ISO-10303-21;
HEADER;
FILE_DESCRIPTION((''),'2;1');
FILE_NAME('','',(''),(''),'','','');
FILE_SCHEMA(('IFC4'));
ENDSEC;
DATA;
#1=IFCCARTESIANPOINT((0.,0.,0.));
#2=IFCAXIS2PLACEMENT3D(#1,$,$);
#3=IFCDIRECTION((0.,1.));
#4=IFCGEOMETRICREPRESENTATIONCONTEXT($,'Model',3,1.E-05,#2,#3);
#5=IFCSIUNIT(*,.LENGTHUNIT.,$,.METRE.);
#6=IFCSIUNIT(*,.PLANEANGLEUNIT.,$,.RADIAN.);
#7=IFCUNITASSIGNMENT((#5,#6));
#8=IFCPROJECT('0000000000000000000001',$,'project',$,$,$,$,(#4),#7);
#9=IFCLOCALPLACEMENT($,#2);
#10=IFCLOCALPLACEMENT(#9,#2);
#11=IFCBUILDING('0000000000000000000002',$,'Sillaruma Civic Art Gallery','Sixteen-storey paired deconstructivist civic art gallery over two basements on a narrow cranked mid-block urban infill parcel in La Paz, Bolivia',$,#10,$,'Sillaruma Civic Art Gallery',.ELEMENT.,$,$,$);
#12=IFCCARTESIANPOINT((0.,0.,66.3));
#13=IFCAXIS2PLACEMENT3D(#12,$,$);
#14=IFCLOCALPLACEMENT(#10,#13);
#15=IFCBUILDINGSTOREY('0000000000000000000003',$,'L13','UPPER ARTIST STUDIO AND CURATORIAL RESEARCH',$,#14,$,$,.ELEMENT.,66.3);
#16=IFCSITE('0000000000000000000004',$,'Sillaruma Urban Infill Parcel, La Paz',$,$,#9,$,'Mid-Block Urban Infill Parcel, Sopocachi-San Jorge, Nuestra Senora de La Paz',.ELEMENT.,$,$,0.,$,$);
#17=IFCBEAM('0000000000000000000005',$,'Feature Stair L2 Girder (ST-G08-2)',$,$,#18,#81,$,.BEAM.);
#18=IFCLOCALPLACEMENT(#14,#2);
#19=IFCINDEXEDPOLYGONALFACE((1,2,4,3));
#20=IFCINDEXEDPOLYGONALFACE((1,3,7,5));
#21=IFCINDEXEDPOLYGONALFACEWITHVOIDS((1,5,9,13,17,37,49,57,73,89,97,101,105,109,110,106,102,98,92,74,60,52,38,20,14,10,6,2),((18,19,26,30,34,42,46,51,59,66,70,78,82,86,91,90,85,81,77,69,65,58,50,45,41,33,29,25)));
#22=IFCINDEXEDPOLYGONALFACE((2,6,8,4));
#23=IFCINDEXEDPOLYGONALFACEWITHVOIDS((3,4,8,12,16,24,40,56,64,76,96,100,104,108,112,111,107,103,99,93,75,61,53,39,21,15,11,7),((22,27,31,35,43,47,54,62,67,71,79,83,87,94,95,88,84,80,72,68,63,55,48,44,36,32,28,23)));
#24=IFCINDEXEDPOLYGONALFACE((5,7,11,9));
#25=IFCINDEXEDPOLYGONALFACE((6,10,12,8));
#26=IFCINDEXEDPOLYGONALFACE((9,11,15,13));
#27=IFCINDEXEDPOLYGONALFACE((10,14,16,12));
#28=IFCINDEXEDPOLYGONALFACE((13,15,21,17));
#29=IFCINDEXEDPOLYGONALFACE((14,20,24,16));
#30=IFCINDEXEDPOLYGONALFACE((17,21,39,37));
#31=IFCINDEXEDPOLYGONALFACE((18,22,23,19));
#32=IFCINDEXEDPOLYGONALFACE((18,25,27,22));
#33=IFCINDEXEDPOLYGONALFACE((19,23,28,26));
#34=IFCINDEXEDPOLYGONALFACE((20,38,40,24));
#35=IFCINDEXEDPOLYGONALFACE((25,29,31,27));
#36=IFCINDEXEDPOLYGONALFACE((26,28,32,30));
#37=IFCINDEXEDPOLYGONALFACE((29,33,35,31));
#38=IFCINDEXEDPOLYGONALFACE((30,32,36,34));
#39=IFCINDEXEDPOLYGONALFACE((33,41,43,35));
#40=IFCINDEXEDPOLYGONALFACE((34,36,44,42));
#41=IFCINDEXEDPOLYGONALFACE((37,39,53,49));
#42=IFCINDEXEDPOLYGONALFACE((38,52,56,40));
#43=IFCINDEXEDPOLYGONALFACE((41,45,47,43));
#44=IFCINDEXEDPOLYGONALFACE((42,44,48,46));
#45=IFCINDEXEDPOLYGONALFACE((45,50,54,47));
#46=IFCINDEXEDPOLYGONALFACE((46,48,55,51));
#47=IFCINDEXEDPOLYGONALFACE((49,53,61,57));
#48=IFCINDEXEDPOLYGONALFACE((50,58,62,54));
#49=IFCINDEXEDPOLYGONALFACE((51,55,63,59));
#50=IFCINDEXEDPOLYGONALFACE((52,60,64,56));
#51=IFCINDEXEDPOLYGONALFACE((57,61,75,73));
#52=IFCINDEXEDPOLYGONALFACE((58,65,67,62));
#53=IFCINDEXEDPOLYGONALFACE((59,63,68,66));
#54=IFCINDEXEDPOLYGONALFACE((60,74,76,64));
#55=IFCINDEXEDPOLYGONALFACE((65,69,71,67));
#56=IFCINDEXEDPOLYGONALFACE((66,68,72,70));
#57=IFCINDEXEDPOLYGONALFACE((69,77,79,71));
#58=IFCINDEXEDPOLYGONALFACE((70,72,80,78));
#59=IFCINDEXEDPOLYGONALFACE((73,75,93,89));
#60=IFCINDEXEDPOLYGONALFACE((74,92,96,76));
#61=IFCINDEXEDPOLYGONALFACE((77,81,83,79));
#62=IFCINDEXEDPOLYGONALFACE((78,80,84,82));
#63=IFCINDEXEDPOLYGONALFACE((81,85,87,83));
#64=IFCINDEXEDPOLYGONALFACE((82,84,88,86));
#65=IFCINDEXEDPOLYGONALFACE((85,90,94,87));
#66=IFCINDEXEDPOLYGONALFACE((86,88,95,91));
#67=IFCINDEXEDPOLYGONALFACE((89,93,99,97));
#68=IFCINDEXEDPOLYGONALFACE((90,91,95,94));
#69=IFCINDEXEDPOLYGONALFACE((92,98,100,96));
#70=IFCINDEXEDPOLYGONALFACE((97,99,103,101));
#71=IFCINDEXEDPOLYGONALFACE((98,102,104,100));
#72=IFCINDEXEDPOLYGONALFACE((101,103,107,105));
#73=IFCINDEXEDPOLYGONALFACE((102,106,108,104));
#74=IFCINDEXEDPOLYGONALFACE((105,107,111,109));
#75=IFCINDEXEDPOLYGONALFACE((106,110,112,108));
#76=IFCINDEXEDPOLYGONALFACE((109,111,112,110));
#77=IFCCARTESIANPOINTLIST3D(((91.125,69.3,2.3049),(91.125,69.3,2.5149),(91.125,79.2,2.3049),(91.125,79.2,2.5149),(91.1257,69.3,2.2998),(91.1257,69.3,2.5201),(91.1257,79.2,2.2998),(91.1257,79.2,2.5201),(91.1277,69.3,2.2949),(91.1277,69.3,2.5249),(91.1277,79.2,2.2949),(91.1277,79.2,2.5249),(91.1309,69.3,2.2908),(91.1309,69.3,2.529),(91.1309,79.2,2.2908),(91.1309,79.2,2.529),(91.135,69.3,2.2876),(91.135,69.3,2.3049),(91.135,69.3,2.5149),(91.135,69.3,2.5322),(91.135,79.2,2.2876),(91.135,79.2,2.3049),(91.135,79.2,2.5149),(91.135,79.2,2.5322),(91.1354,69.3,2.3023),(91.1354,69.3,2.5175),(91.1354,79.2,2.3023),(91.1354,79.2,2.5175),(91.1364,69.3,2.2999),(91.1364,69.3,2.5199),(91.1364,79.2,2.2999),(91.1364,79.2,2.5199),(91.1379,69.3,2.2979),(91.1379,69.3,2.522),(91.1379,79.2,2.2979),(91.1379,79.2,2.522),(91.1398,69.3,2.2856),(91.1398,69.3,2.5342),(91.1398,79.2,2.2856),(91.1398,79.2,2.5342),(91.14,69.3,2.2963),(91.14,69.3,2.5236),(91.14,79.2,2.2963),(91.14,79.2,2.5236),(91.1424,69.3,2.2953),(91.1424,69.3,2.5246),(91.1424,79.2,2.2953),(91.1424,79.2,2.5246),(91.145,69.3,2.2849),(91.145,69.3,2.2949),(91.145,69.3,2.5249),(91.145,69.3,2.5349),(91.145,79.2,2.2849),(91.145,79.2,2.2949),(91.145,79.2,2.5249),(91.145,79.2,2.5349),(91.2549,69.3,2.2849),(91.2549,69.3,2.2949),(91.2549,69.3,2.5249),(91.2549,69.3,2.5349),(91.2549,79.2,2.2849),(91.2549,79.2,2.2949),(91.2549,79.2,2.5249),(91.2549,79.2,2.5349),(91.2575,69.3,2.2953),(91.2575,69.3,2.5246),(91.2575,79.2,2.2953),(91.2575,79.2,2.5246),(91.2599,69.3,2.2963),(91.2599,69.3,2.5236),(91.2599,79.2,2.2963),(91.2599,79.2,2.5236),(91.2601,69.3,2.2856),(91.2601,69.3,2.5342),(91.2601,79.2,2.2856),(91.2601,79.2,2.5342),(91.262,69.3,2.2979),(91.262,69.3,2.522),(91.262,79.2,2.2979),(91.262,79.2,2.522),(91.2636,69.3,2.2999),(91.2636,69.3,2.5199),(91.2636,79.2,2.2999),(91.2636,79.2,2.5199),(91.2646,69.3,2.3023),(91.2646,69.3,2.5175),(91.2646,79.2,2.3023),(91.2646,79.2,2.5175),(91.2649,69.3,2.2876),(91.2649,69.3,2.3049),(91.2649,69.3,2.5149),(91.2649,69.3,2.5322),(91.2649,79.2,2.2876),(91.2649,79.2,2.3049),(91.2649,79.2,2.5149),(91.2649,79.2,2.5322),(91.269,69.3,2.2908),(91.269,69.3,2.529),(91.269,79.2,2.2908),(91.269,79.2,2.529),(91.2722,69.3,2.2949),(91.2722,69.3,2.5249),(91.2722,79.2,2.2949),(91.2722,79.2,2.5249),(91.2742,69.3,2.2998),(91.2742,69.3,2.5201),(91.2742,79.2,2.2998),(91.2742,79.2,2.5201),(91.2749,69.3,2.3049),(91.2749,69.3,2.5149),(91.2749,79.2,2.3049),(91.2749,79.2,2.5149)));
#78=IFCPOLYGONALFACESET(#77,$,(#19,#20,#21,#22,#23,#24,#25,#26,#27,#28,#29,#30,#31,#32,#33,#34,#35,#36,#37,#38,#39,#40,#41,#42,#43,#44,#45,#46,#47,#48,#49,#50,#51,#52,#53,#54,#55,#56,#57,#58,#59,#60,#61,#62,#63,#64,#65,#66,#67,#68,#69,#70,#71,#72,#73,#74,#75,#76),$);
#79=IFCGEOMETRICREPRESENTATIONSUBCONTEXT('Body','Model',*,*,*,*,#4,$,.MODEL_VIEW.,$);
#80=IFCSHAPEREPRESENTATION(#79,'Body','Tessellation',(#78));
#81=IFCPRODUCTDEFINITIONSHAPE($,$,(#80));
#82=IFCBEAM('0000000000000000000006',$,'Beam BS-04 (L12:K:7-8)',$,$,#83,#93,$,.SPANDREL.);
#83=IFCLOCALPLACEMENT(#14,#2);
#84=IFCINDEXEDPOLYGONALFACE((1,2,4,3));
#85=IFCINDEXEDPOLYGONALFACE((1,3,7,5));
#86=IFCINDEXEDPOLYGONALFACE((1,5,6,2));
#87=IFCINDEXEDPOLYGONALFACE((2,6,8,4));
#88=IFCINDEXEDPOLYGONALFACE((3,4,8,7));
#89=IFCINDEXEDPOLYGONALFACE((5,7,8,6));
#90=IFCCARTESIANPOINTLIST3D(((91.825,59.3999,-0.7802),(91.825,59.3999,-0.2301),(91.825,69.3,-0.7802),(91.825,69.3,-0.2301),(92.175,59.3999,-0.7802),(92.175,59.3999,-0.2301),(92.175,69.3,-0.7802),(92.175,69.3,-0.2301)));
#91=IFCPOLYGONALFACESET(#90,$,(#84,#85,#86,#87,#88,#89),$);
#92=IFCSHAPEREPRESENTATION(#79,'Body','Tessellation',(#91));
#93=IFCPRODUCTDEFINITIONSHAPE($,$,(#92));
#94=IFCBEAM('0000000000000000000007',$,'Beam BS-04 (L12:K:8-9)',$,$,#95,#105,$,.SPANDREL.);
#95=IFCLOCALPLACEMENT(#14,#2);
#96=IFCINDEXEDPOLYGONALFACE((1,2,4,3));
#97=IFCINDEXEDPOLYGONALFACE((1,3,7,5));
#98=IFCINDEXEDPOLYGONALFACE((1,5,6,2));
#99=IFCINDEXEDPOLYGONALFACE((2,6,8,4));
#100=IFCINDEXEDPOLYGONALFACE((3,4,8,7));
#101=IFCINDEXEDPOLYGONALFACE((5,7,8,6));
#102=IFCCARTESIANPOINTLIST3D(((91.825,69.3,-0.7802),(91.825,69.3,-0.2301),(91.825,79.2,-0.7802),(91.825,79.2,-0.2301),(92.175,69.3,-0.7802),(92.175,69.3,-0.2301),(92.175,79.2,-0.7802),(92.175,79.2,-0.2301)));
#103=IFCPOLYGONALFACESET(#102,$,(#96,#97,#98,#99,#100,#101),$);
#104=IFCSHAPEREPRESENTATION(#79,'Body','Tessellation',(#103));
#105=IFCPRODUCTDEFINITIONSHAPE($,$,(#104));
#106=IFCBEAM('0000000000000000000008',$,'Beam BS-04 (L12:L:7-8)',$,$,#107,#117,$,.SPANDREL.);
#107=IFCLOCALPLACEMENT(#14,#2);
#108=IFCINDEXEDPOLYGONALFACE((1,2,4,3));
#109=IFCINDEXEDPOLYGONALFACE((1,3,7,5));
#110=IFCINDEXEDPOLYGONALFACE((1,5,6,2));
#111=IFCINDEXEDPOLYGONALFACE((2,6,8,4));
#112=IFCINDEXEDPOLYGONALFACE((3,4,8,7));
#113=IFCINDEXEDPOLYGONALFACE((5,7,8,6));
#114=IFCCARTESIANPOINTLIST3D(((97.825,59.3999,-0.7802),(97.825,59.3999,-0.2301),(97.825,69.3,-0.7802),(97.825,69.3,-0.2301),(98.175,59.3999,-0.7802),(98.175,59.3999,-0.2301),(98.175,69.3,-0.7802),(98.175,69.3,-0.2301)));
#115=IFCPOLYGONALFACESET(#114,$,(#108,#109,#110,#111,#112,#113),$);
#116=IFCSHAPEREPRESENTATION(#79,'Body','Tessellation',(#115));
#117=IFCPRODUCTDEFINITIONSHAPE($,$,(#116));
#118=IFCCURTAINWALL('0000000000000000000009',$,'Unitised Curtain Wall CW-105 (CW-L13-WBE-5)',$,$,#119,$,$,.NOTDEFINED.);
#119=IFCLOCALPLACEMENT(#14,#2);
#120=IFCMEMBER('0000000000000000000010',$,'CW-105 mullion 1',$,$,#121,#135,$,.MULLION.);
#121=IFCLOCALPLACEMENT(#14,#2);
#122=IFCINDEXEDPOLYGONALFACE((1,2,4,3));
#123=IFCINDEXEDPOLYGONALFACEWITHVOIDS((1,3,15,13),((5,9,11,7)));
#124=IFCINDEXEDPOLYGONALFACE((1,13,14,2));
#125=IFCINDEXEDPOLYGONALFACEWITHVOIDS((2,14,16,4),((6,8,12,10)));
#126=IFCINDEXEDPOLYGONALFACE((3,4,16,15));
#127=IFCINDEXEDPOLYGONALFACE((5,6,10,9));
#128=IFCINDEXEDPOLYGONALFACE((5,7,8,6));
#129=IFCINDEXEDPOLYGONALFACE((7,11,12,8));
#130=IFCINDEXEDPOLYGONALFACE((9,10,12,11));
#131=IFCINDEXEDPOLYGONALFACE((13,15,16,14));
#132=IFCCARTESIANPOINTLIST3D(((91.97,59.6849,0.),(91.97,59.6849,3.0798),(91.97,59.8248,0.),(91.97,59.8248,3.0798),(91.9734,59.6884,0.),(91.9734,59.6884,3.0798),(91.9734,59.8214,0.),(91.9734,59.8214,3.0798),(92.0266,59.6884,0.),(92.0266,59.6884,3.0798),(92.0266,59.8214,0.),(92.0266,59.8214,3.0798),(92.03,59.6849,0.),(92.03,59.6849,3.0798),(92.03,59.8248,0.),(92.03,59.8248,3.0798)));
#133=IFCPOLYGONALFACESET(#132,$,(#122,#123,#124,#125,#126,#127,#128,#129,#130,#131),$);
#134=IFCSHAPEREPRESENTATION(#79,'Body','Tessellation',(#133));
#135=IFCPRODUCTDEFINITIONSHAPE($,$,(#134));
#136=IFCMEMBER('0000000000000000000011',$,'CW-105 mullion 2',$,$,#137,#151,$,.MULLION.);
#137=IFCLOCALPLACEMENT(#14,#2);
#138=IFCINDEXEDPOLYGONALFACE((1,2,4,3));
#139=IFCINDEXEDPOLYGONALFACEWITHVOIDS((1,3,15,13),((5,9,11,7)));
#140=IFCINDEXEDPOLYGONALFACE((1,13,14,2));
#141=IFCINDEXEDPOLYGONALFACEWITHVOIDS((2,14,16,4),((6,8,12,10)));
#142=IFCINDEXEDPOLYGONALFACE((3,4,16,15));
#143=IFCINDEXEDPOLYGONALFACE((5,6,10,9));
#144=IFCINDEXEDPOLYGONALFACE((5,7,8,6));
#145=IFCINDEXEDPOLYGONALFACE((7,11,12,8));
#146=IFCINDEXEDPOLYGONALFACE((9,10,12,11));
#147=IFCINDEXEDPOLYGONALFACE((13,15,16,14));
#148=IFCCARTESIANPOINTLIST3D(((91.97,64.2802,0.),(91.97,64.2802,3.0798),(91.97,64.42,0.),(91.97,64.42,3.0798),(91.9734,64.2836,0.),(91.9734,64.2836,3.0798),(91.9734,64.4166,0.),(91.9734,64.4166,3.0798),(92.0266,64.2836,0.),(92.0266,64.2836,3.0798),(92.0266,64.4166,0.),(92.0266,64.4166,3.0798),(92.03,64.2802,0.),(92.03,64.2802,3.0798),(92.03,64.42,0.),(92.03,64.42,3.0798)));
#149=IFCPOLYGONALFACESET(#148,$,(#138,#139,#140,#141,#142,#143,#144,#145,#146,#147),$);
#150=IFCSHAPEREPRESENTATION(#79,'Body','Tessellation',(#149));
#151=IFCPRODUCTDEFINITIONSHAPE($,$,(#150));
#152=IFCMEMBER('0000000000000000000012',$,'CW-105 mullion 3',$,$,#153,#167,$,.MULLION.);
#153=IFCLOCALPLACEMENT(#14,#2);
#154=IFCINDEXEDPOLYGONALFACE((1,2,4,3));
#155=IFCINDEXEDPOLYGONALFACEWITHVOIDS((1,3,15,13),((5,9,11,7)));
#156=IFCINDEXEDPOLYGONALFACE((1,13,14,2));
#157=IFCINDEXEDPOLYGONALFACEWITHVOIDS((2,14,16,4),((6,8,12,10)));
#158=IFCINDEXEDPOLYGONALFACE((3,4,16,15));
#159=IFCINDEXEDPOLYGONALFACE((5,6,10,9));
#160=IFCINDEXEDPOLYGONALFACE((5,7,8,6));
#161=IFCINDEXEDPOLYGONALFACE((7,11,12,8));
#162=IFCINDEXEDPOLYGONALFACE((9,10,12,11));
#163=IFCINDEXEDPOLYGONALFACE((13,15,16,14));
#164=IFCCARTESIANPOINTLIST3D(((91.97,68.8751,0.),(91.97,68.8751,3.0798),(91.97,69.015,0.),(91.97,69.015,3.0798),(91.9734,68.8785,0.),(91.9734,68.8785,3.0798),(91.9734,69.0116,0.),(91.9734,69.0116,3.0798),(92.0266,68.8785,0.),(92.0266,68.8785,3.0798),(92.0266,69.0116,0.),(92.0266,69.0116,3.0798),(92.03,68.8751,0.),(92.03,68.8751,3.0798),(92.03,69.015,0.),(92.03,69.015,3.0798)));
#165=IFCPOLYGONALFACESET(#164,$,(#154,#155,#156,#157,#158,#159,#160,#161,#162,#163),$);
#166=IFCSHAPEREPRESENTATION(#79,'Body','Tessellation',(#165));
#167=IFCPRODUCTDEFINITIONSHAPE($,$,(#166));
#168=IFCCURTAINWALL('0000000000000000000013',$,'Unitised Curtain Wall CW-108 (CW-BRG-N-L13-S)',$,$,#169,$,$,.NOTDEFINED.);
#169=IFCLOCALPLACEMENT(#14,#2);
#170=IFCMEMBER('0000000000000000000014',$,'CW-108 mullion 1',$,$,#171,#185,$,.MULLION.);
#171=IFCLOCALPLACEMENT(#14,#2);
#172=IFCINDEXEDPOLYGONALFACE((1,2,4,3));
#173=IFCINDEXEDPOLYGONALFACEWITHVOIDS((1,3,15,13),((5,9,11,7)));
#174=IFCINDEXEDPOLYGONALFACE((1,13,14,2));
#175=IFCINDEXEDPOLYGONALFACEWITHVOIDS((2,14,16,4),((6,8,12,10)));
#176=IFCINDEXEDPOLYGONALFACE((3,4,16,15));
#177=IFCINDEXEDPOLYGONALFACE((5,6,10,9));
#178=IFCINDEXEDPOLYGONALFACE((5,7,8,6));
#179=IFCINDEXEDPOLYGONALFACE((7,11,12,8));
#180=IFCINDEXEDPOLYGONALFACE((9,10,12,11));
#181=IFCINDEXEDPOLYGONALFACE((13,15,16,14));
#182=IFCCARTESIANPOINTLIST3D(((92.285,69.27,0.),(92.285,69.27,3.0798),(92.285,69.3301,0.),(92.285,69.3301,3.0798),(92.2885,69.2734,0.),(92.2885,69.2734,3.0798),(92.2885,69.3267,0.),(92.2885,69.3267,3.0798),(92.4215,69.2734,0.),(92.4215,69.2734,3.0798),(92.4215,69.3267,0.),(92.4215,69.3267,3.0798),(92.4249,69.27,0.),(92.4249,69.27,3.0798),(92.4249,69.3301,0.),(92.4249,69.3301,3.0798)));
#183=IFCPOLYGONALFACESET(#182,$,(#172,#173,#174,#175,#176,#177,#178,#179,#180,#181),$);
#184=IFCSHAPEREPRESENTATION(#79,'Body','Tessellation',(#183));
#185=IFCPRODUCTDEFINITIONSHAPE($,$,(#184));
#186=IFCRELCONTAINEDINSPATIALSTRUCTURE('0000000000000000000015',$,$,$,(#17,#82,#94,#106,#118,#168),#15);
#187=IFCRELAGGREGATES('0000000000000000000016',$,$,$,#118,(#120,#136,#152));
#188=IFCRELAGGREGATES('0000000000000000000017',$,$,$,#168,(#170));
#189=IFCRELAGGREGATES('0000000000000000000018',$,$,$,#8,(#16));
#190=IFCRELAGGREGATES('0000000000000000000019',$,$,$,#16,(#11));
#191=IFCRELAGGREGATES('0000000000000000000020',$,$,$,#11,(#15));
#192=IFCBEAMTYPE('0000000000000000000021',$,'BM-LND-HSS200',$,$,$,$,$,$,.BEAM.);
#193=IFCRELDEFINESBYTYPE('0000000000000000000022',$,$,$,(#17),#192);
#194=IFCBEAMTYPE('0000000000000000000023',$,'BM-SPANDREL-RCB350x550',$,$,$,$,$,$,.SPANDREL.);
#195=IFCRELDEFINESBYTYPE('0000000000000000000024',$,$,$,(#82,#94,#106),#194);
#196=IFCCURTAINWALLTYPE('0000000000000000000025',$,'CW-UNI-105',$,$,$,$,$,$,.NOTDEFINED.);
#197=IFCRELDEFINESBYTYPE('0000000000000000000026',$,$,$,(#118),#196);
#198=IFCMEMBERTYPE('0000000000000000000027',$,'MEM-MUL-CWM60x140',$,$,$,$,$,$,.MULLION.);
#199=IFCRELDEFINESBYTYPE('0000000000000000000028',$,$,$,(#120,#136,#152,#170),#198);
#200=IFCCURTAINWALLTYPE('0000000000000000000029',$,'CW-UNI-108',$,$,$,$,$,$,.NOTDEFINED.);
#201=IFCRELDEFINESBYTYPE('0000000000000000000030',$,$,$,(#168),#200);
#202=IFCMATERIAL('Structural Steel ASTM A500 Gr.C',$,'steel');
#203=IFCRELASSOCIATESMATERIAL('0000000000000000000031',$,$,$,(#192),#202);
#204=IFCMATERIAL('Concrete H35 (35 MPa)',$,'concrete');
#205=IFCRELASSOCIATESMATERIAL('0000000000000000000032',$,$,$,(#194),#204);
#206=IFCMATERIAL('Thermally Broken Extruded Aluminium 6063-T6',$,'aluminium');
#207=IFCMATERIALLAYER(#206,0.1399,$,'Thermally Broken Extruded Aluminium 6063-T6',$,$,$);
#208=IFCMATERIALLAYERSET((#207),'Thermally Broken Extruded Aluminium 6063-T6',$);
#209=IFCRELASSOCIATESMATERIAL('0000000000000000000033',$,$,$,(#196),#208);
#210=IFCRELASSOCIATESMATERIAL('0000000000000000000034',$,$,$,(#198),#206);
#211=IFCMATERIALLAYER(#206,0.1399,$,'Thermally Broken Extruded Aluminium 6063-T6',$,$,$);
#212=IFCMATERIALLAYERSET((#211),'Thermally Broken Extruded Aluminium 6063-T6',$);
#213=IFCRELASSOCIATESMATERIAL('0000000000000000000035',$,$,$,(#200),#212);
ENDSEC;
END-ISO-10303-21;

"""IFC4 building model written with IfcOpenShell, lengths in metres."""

from ifc_helpers import new_model, si_unit, direction, frame, origin, origin_2d, place, context, subcontext, project, spatial, rectangle, hollow_rectangle, extrude, material, layer, layer_set, material_profile, profile_set, type_object, element, aggregate, save


model = new_model("IFC4")

# Units and contexts
model_context = context("Model", 3, precision=1e-05, world=origin(), true_north=direction((0.0, 1.0)))
body_context = subcontext(model_context, "Body", "Model", "MODEL_VIEW")
ifc_project = project(units=[si_unit("LENGTHUNIT", "METRE"), si_unit("PLANEANGLEUNIT", "RADIAN")], contexts=[model_context])

# Site, building, storey
site_placement = place(None, origin())
site = spatial("IfcSite", under=ifc_project, at=site_placement, Name="Sillaruma Urban Infill Parcel, La Paz", LongName="Mid-Block Urban Infill Parcel, Sopocachi-San Jorge, Nuestra Senora de La Paz", CompositionType="ELEMENT", RefElevation=0.0)
building_placement = place(site_placement, origin())
building = spatial("IfcBuilding", under=site, at=building_placement, Name="Sillaruma Civic Art Gallery", Description="Sixteen-storey paired deconstructivist civic art gallery over two basements on a narrow cranked mid-block urban infill parcel in La Paz, Bolivia", LongName="Sillaruma Civic Art Gallery", CompositionType="ELEMENT")
storey_placement = place(building_placement, frame((0.0, 0.0, 66.3)))
storey = spatial("IfcBuildingStorey", under=building, at=storey_placement, Name="L13", Description="UPPER ARTIST STUDIO AND CURATORIAL RESEARCH", CompositionType="ELEMENT", Elevation=66.3)

# Beams
ifc_material_1 = material(Name="Concrete H35 (35 MPa)", Category="concrete")
ifc_material_2 = material(Name="Structural Steel ASTM A500 Gr.C", Category="steel")
ifc_material_profile_1 = material_profile(ifc_material_2, hollow_rectangle(XDim=0.1499, YDim=0.25, WallThickness=0.01, InnerFilletRadius=0.01, OuterFilletRadius=0.02, at=origin_2d()), Name="HSS250x150x10")
ifc_profile_set_1 = profile_set([ifc_material_profile_1], Name="Structural Steel ASTM A500 Gr.C")
beam_type_1 = type_object("IfcBeamType", Name="BM-LND-HSS200", PredefinedType="BEAM", material=ifc_profile_set_1)
for number, where, z_axis, x_axis, name in (
    (1, (91.2, 69.3, 2.4099), (0.0, 1.0, 0.0), (-1.0, 0.0, 0.0), "Feature Stair L2 Girder (ST-G08-2)"),
):
    element("IfcBeam", number, at=place(storey_placement, frame(where, z_axis=z_axis, x_axis=x_axis)), inside=storey, type_object=beam_type_1, Name=name, PredefinedType="BEAM", context=body_context, shape_type="SweptSolid", body=[
        extrude(hollow_rectangle(XDim=0.1499, YDim=0.25, WallThickness=0.01, InnerFilletRadius=0.01, OuterFilletRadius=0.02, at=origin_2d()), origin(), (0.0, 0.0, 1.0), 9.8999),
    ])
ifc_material_profile_2 = material_profile(ifc_material_1, rectangle(XDim=0.3501, YDim=0.55, at=origin_2d()), Name="RCB350x550")
ifc_profile_set_2 = profile_set([ifc_material_profile_2], Name="Concrete H35 (35 MPa)")
beam_type_2 = type_object("IfcBeamType", Name="BM-SPANDREL-RCB350x550", PredefinedType="SPANDREL", material=ifc_profile_set_2)
beam_1_placement = place(storey_placement, frame((92.0, 59.3999, -0.5051), z_axis=(0.0, 1.0, 0.0), x_axis=(-1.0, 0.0, 0.0)))
element("IfcBeam", 2, at=beam_1_placement, inside=storey, type_object=beam_type_2, Name="Beam BS-04 (L12:K:7-8)", PredefinedType="SPANDREL", context=body_context, shape_type="SweptSolid", body=[
    extrude(rectangle(XDim=0.3501, YDim=0.55, at=origin_2d()), origin(), (0.0, 0.0, 1.0), 9.9001),
])
beam_2_placement = place(storey_placement, frame((92.0, 69.3, -0.5051), z_axis=(0.0, 1.0, 0.0), x_axis=(-1.0, 0.0, 0.0)))
element("IfcBeam", 3, at=beam_2_placement, inside=storey, type_object=beam_type_2, Name="Beam BS-04 (L12:K:8-9)", PredefinedType="SPANDREL", context=body_context, shape_type="SweptSolid", body=[
    extrude(rectangle(XDim=0.3501, YDim=0.55, at=origin_2d()), origin(), (0.0, 0.0, 1.0), 9.8999),
])
beam_3_placement = place(storey_placement, frame((98.0, 59.3999, -0.5051), z_axis=(0.0, 1.0, 0.0), x_axis=(-1.0, 0.0, 0.0)))
element("IfcBeam", 4, at=beam_3_placement, inside=storey, type_object=beam_type_2, Name="Beam BS-04 (L12:L:7-8)", PredefinedType="SPANDREL", context=body_context, shape_type="SweptSolid", body=[
    extrude(rectangle(XDim=0.3501, YDim=0.55, at=origin_2d()), origin(), (0.0, 0.0, 1.0), 9.9001),
])

# Curtain walls, members
ifc_material_3 = material(Name="Thermally Broken Extruded Aluminium 6063-T6", Category="aluminium")
ifc_layer_1 = layer(ifc_material_3, 0.1399, Name="Thermally Broken Extruded Aluminium 6063-T6")
ifc_layer_set_1 = layer_set([ifc_layer_1], Name="Thermally Broken Extruded Aluminium 6063-T6")
curtain_wall_type_1 = type_object("IfcCurtainWallType", Name="CW-UNI-105", PredefinedType="NOTDEFINED", material=ifc_layer_set_1)
curtain_wall_1_placement = place(storey_placement, origin())
curtain_wall_1 = element("IfcCurtainWall", 5, at=curtain_wall_1_placement, inside=storey, type_object=curtain_wall_type_1, Name="Unitised Curtain Wall CW-105 (CW-L13-WBE-5)", PredefinedType="NOTDEFINED")
ifc_material_profile_3 = material_profile(ifc_material_3, hollow_rectangle(XDim=0.0601, YDim=0.1399, WallThickness=0.0034, at=origin_2d()), Name="CWM60x140")
ifc_profile_set_3 = profile_set([ifc_material_profile_3], Name="Thermally Broken Extruded Aluminium 6063-T6")
member_type_1 = type_object("IfcMemberType", Name="MEM-MUL-CWM60x140", PredefinedType="MULLION", material=ifc_profile_set_3)
member_1_placement = place(storey_placement, frame((92.0, 59.7549, 0.0), z_axis=(0.0, 0.0, 1.0), x_axis=(-1.0, 0.0, 0.0)))
member_1 = element("IfcMember", 6, at=member_1_placement, type_object=member_type_1, Name="CW-105 mullion 1", PredefinedType="MULLION", context=body_context, shape_type="SweptSolid", body=[
    extrude(hollow_rectangle(XDim=0.0601, YDim=0.1399, WallThickness=0.0034, at=origin_2d()), origin(), (0.0, 0.0, 1.0), 3.0798),
])
member_2_placement = place(storey_placement, frame((92.0, 64.3501, 0.0), z_axis=(0.0, 0.0, 1.0), x_axis=(-1.0, 0.0, 0.0)))
member_2 = element("IfcMember", 7, at=member_2_placement, type_object=member_type_1, Name="CW-105 mullion 2", PredefinedType="MULLION", context=body_context, shape_type="SweptSolid", body=[
    extrude(hollow_rectangle(XDim=0.0601, YDim=0.1399, WallThickness=0.0034, at=origin_2d()), origin(), (0.0, 0.0, 1.0), 3.0798),
])
member_3_placement = place(storey_placement, frame((92.0, 68.9451, 0.0), z_axis=(0.0, 0.0, 1.0), x_axis=(-1.0, 0.0, 0.0)))
member_3 = element("IfcMember", 8, at=member_3_placement, type_object=member_type_1, Name="CW-105 mullion 3", PredefinedType="MULLION", context=body_context, shape_type="SweptSolid", body=[
    extrude(hollow_rectangle(XDim=0.0601, YDim=0.1399, WallThickness=0.0034, at=origin_2d()), origin(), (0.0, 0.0, 1.0), 3.0798),
])
ifc_layer_2 = layer(ifc_material_3, 0.1399, Name="Thermally Broken Extruded Aluminium 6063-T6")
ifc_layer_set_2 = layer_set([ifc_layer_2], Name="Thermally Broken Extruded Aluminium 6063-T6")
curtain_wall_type_2 = type_object("IfcCurtainWallType", Name="CW-UNI-108", PredefinedType="NOTDEFINED", material=ifc_layer_set_2)
curtain_wall_2_placement = place(storey_placement, origin())
curtain_wall_2 = element("IfcCurtainWall", 9, at=curtain_wall_2_placement, inside=storey, type_object=curtain_wall_type_2, Name="Unitised Curtain Wall CW-108 (CW-BRG-N-L13-S)", PredefinedType="NOTDEFINED")
member_4_placement = place(storey_placement, frame((92.355, 69.3, 0.0), z_axis=(0.0, 0.0, 1.0), x_axis=(0.0, 1.0, 0.0)))
member_4 = element("IfcMember", 10, at=member_4_placement, type_object=member_type_1, Name="CW-108 mullion 1", PredefinedType="MULLION", context=body_context, shape_type="SweptSolid", body=[
    extrude(hollow_rectangle(XDim=0.0601, YDim=0.1399, WallThickness=0.0034, at=origin_2d()), origin(), (0.0, 0.0, 1.0), 3.0798),
])

aggregate(curtain_wall_1, [member_1, member_2, member_3])
aggregate(curtain_wall_2, [member_4])

save(model, "model.ifc")
